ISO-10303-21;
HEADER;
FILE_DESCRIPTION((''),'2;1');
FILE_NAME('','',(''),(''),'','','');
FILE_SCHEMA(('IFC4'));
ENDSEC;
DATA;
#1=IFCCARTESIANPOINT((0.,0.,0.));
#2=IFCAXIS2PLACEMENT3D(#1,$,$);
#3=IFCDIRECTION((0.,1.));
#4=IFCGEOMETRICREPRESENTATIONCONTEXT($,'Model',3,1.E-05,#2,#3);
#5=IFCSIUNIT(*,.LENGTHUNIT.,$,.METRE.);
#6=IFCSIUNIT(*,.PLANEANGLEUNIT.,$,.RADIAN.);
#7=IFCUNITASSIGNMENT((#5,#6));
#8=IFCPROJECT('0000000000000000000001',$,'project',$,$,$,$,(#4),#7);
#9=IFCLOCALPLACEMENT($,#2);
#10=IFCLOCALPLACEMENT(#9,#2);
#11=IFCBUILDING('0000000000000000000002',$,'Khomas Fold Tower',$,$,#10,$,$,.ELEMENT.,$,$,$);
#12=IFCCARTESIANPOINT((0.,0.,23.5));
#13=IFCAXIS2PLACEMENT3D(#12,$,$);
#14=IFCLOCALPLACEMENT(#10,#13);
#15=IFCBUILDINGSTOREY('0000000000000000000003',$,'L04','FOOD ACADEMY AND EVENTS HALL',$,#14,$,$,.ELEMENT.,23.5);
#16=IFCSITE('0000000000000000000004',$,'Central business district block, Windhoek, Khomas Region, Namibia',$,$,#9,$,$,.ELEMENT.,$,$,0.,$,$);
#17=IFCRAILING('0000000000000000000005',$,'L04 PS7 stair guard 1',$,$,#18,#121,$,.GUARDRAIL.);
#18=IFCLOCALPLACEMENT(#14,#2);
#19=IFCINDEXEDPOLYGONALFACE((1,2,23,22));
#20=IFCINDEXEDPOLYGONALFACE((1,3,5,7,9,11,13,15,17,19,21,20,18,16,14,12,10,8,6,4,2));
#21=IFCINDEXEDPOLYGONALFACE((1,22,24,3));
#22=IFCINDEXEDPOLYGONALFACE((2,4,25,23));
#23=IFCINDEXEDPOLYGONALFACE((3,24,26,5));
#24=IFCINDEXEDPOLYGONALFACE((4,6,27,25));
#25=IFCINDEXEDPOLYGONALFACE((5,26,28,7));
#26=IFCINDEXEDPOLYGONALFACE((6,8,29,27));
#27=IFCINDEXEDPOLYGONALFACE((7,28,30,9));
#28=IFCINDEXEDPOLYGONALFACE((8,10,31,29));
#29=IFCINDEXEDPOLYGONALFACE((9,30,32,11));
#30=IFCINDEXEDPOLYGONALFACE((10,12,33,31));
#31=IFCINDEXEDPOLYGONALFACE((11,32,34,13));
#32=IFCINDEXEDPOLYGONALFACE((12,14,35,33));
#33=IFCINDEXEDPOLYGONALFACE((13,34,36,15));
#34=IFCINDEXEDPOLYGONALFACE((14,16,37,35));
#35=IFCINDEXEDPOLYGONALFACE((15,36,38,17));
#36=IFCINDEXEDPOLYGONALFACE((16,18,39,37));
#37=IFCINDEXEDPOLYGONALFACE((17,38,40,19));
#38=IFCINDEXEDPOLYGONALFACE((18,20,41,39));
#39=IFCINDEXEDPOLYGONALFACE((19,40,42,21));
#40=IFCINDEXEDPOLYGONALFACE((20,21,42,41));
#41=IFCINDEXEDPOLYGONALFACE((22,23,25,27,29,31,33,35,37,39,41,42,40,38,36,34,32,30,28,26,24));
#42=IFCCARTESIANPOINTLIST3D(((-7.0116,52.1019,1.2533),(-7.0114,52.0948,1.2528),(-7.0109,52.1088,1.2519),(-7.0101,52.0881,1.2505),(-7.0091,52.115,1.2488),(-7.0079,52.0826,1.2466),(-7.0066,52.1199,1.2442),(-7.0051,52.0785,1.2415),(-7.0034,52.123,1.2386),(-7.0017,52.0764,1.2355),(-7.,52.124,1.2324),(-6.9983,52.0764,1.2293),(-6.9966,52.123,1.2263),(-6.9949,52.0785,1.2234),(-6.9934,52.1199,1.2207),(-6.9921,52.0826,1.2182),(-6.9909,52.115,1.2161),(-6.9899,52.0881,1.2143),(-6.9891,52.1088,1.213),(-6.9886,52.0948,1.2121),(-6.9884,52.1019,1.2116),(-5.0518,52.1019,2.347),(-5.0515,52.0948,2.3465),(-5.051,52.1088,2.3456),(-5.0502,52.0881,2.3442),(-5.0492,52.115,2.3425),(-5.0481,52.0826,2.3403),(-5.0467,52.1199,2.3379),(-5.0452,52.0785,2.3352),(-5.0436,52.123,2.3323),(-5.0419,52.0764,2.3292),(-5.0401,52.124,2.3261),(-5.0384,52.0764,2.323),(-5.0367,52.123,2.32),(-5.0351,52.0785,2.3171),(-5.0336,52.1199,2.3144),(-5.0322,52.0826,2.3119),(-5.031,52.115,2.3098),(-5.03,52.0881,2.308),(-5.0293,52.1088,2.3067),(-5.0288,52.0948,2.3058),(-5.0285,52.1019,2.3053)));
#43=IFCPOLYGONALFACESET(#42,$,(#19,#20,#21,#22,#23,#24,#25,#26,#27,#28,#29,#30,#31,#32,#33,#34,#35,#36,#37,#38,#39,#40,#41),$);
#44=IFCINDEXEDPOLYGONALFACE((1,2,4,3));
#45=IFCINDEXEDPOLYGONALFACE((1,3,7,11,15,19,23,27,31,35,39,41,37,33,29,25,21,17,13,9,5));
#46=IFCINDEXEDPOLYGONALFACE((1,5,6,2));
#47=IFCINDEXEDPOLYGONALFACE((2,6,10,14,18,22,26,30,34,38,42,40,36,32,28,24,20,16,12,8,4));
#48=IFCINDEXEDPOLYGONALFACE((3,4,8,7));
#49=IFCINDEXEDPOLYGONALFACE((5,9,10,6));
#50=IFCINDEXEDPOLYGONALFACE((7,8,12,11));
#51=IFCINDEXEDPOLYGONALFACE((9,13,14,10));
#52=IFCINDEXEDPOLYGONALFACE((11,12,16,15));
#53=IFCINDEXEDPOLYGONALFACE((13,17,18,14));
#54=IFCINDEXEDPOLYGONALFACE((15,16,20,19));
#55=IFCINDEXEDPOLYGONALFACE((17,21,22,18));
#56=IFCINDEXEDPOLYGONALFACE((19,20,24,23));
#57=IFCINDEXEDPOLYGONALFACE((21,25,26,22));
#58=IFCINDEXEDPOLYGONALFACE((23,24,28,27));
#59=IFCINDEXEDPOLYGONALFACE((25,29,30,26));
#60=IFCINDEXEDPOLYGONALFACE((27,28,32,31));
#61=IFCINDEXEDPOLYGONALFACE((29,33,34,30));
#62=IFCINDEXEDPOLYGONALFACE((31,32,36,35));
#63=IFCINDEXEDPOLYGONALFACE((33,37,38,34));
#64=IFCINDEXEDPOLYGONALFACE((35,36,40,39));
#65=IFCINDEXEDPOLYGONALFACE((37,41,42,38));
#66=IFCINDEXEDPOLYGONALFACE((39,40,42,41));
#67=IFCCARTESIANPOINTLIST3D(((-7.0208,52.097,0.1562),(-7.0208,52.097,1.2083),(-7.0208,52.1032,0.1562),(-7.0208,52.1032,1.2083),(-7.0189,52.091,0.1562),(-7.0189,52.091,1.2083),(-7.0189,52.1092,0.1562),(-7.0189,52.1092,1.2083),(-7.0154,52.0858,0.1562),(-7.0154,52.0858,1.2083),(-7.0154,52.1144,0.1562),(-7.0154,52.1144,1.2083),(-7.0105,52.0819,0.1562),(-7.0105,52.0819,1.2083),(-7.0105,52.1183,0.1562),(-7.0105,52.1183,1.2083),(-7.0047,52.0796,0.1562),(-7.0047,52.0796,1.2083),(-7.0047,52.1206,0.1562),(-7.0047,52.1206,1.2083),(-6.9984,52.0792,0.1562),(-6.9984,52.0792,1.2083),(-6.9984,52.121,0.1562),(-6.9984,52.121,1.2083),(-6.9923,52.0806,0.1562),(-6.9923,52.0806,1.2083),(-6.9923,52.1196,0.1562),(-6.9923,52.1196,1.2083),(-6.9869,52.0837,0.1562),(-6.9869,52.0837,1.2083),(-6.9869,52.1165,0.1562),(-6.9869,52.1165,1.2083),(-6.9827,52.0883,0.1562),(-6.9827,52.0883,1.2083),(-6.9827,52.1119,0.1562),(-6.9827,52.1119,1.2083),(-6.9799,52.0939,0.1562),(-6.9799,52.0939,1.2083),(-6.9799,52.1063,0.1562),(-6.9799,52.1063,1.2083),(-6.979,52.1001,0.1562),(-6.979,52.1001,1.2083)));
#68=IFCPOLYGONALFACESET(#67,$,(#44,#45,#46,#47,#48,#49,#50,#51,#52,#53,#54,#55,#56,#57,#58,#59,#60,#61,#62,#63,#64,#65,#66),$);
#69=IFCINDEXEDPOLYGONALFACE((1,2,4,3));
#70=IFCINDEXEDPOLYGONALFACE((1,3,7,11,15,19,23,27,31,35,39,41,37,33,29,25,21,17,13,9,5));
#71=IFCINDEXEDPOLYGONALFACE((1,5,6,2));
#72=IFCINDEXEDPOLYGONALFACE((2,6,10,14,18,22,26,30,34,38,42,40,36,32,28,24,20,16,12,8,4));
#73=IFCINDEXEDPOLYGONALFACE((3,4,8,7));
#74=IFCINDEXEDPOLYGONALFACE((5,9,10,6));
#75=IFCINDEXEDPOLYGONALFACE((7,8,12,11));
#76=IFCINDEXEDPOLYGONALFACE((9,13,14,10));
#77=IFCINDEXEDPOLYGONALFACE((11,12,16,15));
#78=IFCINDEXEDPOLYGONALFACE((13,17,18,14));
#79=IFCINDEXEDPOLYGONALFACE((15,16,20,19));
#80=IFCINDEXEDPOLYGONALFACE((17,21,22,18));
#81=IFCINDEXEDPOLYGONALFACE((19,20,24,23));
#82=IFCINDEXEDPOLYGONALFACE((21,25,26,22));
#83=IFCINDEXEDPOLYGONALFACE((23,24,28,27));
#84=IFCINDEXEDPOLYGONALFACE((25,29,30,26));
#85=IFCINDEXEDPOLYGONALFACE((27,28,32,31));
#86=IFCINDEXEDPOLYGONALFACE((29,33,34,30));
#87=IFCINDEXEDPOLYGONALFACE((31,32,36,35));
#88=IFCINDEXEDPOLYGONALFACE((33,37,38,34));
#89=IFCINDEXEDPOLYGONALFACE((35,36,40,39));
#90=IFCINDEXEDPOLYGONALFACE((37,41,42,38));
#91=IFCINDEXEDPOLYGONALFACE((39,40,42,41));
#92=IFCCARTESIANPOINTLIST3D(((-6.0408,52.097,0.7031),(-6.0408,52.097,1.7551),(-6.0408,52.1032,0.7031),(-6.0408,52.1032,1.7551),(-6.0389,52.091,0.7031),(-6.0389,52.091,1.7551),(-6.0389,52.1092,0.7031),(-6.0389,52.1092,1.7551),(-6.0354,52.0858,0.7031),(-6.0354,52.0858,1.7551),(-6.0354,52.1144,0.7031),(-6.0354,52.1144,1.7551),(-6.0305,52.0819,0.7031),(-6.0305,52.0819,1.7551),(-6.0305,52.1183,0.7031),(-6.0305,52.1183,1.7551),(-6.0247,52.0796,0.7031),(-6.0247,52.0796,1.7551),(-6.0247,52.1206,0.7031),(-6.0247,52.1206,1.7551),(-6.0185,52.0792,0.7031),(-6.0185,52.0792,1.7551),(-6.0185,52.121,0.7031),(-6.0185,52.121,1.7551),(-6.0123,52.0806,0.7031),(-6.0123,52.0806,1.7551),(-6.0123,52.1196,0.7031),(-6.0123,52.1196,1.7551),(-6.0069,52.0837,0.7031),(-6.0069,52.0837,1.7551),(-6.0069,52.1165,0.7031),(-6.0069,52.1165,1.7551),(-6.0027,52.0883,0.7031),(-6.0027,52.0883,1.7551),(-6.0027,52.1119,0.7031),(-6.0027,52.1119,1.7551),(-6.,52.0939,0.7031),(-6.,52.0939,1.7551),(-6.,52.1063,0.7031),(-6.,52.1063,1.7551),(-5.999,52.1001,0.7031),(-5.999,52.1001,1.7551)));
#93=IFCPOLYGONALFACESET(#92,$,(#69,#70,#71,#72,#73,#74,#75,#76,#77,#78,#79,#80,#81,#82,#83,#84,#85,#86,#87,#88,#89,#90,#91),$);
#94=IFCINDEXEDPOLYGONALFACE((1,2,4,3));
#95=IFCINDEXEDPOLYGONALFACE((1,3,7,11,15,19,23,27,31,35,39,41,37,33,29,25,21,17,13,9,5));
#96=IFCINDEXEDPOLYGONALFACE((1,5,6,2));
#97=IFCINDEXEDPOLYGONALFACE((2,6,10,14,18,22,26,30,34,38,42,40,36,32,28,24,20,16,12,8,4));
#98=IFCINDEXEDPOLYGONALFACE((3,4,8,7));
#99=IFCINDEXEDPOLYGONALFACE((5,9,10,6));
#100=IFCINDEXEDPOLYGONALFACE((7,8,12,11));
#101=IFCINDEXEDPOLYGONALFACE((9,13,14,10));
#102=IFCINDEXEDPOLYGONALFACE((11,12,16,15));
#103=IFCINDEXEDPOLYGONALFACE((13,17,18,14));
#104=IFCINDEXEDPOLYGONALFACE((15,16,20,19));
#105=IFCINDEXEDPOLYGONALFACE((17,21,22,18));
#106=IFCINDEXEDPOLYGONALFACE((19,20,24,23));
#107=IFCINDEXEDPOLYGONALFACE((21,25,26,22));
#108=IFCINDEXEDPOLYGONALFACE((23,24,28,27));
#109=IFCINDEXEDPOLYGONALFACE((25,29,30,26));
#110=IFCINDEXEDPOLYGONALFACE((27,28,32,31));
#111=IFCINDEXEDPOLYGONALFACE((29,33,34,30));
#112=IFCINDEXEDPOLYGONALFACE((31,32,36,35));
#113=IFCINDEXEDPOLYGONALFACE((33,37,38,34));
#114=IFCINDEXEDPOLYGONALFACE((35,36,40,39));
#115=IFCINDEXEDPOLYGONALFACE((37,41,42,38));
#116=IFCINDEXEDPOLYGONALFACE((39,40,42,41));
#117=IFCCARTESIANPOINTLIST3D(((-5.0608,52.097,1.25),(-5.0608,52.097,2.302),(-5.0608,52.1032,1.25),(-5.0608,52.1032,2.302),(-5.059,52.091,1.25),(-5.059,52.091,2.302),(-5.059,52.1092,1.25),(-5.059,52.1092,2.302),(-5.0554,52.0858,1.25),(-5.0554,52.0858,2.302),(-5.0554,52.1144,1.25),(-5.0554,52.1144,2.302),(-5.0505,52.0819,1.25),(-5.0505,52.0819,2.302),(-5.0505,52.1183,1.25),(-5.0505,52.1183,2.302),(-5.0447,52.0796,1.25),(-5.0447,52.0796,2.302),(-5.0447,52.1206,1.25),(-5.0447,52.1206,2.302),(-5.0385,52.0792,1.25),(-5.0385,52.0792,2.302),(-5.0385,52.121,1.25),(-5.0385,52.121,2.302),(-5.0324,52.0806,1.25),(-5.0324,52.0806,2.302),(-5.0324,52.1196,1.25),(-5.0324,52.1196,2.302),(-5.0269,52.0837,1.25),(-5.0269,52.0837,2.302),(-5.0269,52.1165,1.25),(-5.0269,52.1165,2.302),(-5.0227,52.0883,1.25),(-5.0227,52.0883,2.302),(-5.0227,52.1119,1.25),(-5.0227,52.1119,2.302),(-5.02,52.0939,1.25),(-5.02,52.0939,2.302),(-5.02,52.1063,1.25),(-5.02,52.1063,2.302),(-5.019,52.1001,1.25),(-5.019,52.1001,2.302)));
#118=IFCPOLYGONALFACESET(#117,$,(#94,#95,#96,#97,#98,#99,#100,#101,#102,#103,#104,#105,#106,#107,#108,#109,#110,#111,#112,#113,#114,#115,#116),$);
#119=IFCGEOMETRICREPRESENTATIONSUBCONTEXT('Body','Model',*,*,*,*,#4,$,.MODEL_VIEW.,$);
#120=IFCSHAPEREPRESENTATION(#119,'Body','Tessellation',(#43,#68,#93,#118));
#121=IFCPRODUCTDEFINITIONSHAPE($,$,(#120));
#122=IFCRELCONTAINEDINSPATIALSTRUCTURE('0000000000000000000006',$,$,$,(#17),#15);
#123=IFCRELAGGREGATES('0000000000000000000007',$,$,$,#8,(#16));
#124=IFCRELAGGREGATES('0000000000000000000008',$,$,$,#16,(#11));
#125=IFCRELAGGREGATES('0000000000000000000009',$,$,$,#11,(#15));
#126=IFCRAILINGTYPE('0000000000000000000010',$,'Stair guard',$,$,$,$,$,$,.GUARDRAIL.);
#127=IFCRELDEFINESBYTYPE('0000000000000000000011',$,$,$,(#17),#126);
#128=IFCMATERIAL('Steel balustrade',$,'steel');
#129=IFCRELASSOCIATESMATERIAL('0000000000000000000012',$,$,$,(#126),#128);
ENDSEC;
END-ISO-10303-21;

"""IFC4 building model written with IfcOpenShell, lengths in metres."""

from ifc_helpers import new_model, si_unit, direction, frame, origin, origin_2d, place, context, subcontext, project, spatial, circle, extrude, source, transform, mapped, material, type_object, element, save


model = new_model("IFC4")

# Units and contexts
model_context = context("Model", 3, precision=1e-05, world=origin(), true_north=direction((0.0, 1.0)))
body_context = subcontext(model_context, "Body", "Model", "MODEL_VIEW")
ifc_project = project(units=[si_unit("LENGTHUNIT", "METRE"), si_unit("PLANEANGLEUNIT", "RADIAN")], contexts=[model_context])

# Site, building, storey
site_placement = place(None, origin())
site = spatial("IfcSite", under=ifc_project, at=site_placement, Name="Central business district block, Windhoek, Khomas Region, Namibia", CompositionType="ELEMENT", RefElevation=0.0)
building_placement = place(site_placement, origin())
building = spatial("IfcBuilding", under=site, at=building_placement, Name="Khomas Fold Tower", CompositionType="ELEMENT")
storey_placement = place(building_placement, frame((0.0, 0.0, 23.5)))
storey = spatial("IfcBuildingStorey", under=building, at=storey_placement, Name="L04", Description="FOOD ACADEMY AND EVENTS HALL", CompositionType="ELEMENT", Elevation=23.5)

# Railing
ifc_material_1 = material(Name="Steel balustrade", Category="steel")
railing_type_1 = type_object("IfcRailingType", Name="Stair guard", PredefinedType="GUARDRAIL", material=ifc_material_1)
shared_shape_1 = source(origin(), body_context, "Body", "SweptSolid", [
    extrude(circle(Radius=0.0239, at=origin_2d()), frame((0.0, 0.0, 1.0762), z_axis=(0.873232, 0.0, 0.487304), x_axis=(0.0, 1.0, 0.0)), (0.0, 0.0, 1.0), 2.2444),
    extrude(circle(Radius=0.021, at=origin_2d()), origin(), (0.0, 0.0, 1.0), 1.052),
    extrude(circle(Radius=0.021, at=origin_2d()), frame((0.98, 0.0, 0.5469)), (0.0, 0.0, 1.0), 1.052),
    extrude(circle(Radius=0.021, at=origin_2d()), frame((1.96, 0.0, 1.0938)), (0.0, 0.0, 1.0), 1.052),
])
for number, where, name in (
    (1, (-7.0, 52.1001, 0.1562), "L04 PS7 stair guard 1"),
):
    element("IfcRailing", number, at=place(storey_placement, frame(where)), inside=storey, type_object=railing_type_1, Name=name, PredefinedType="GUARDRAIL", context=body_context, shape_type="MappedRepresentation", body=[
        mapped(shared_shape_1, transform((0.0, 0.0, 0.0))),
    ])

save(model, "model.ifc")
